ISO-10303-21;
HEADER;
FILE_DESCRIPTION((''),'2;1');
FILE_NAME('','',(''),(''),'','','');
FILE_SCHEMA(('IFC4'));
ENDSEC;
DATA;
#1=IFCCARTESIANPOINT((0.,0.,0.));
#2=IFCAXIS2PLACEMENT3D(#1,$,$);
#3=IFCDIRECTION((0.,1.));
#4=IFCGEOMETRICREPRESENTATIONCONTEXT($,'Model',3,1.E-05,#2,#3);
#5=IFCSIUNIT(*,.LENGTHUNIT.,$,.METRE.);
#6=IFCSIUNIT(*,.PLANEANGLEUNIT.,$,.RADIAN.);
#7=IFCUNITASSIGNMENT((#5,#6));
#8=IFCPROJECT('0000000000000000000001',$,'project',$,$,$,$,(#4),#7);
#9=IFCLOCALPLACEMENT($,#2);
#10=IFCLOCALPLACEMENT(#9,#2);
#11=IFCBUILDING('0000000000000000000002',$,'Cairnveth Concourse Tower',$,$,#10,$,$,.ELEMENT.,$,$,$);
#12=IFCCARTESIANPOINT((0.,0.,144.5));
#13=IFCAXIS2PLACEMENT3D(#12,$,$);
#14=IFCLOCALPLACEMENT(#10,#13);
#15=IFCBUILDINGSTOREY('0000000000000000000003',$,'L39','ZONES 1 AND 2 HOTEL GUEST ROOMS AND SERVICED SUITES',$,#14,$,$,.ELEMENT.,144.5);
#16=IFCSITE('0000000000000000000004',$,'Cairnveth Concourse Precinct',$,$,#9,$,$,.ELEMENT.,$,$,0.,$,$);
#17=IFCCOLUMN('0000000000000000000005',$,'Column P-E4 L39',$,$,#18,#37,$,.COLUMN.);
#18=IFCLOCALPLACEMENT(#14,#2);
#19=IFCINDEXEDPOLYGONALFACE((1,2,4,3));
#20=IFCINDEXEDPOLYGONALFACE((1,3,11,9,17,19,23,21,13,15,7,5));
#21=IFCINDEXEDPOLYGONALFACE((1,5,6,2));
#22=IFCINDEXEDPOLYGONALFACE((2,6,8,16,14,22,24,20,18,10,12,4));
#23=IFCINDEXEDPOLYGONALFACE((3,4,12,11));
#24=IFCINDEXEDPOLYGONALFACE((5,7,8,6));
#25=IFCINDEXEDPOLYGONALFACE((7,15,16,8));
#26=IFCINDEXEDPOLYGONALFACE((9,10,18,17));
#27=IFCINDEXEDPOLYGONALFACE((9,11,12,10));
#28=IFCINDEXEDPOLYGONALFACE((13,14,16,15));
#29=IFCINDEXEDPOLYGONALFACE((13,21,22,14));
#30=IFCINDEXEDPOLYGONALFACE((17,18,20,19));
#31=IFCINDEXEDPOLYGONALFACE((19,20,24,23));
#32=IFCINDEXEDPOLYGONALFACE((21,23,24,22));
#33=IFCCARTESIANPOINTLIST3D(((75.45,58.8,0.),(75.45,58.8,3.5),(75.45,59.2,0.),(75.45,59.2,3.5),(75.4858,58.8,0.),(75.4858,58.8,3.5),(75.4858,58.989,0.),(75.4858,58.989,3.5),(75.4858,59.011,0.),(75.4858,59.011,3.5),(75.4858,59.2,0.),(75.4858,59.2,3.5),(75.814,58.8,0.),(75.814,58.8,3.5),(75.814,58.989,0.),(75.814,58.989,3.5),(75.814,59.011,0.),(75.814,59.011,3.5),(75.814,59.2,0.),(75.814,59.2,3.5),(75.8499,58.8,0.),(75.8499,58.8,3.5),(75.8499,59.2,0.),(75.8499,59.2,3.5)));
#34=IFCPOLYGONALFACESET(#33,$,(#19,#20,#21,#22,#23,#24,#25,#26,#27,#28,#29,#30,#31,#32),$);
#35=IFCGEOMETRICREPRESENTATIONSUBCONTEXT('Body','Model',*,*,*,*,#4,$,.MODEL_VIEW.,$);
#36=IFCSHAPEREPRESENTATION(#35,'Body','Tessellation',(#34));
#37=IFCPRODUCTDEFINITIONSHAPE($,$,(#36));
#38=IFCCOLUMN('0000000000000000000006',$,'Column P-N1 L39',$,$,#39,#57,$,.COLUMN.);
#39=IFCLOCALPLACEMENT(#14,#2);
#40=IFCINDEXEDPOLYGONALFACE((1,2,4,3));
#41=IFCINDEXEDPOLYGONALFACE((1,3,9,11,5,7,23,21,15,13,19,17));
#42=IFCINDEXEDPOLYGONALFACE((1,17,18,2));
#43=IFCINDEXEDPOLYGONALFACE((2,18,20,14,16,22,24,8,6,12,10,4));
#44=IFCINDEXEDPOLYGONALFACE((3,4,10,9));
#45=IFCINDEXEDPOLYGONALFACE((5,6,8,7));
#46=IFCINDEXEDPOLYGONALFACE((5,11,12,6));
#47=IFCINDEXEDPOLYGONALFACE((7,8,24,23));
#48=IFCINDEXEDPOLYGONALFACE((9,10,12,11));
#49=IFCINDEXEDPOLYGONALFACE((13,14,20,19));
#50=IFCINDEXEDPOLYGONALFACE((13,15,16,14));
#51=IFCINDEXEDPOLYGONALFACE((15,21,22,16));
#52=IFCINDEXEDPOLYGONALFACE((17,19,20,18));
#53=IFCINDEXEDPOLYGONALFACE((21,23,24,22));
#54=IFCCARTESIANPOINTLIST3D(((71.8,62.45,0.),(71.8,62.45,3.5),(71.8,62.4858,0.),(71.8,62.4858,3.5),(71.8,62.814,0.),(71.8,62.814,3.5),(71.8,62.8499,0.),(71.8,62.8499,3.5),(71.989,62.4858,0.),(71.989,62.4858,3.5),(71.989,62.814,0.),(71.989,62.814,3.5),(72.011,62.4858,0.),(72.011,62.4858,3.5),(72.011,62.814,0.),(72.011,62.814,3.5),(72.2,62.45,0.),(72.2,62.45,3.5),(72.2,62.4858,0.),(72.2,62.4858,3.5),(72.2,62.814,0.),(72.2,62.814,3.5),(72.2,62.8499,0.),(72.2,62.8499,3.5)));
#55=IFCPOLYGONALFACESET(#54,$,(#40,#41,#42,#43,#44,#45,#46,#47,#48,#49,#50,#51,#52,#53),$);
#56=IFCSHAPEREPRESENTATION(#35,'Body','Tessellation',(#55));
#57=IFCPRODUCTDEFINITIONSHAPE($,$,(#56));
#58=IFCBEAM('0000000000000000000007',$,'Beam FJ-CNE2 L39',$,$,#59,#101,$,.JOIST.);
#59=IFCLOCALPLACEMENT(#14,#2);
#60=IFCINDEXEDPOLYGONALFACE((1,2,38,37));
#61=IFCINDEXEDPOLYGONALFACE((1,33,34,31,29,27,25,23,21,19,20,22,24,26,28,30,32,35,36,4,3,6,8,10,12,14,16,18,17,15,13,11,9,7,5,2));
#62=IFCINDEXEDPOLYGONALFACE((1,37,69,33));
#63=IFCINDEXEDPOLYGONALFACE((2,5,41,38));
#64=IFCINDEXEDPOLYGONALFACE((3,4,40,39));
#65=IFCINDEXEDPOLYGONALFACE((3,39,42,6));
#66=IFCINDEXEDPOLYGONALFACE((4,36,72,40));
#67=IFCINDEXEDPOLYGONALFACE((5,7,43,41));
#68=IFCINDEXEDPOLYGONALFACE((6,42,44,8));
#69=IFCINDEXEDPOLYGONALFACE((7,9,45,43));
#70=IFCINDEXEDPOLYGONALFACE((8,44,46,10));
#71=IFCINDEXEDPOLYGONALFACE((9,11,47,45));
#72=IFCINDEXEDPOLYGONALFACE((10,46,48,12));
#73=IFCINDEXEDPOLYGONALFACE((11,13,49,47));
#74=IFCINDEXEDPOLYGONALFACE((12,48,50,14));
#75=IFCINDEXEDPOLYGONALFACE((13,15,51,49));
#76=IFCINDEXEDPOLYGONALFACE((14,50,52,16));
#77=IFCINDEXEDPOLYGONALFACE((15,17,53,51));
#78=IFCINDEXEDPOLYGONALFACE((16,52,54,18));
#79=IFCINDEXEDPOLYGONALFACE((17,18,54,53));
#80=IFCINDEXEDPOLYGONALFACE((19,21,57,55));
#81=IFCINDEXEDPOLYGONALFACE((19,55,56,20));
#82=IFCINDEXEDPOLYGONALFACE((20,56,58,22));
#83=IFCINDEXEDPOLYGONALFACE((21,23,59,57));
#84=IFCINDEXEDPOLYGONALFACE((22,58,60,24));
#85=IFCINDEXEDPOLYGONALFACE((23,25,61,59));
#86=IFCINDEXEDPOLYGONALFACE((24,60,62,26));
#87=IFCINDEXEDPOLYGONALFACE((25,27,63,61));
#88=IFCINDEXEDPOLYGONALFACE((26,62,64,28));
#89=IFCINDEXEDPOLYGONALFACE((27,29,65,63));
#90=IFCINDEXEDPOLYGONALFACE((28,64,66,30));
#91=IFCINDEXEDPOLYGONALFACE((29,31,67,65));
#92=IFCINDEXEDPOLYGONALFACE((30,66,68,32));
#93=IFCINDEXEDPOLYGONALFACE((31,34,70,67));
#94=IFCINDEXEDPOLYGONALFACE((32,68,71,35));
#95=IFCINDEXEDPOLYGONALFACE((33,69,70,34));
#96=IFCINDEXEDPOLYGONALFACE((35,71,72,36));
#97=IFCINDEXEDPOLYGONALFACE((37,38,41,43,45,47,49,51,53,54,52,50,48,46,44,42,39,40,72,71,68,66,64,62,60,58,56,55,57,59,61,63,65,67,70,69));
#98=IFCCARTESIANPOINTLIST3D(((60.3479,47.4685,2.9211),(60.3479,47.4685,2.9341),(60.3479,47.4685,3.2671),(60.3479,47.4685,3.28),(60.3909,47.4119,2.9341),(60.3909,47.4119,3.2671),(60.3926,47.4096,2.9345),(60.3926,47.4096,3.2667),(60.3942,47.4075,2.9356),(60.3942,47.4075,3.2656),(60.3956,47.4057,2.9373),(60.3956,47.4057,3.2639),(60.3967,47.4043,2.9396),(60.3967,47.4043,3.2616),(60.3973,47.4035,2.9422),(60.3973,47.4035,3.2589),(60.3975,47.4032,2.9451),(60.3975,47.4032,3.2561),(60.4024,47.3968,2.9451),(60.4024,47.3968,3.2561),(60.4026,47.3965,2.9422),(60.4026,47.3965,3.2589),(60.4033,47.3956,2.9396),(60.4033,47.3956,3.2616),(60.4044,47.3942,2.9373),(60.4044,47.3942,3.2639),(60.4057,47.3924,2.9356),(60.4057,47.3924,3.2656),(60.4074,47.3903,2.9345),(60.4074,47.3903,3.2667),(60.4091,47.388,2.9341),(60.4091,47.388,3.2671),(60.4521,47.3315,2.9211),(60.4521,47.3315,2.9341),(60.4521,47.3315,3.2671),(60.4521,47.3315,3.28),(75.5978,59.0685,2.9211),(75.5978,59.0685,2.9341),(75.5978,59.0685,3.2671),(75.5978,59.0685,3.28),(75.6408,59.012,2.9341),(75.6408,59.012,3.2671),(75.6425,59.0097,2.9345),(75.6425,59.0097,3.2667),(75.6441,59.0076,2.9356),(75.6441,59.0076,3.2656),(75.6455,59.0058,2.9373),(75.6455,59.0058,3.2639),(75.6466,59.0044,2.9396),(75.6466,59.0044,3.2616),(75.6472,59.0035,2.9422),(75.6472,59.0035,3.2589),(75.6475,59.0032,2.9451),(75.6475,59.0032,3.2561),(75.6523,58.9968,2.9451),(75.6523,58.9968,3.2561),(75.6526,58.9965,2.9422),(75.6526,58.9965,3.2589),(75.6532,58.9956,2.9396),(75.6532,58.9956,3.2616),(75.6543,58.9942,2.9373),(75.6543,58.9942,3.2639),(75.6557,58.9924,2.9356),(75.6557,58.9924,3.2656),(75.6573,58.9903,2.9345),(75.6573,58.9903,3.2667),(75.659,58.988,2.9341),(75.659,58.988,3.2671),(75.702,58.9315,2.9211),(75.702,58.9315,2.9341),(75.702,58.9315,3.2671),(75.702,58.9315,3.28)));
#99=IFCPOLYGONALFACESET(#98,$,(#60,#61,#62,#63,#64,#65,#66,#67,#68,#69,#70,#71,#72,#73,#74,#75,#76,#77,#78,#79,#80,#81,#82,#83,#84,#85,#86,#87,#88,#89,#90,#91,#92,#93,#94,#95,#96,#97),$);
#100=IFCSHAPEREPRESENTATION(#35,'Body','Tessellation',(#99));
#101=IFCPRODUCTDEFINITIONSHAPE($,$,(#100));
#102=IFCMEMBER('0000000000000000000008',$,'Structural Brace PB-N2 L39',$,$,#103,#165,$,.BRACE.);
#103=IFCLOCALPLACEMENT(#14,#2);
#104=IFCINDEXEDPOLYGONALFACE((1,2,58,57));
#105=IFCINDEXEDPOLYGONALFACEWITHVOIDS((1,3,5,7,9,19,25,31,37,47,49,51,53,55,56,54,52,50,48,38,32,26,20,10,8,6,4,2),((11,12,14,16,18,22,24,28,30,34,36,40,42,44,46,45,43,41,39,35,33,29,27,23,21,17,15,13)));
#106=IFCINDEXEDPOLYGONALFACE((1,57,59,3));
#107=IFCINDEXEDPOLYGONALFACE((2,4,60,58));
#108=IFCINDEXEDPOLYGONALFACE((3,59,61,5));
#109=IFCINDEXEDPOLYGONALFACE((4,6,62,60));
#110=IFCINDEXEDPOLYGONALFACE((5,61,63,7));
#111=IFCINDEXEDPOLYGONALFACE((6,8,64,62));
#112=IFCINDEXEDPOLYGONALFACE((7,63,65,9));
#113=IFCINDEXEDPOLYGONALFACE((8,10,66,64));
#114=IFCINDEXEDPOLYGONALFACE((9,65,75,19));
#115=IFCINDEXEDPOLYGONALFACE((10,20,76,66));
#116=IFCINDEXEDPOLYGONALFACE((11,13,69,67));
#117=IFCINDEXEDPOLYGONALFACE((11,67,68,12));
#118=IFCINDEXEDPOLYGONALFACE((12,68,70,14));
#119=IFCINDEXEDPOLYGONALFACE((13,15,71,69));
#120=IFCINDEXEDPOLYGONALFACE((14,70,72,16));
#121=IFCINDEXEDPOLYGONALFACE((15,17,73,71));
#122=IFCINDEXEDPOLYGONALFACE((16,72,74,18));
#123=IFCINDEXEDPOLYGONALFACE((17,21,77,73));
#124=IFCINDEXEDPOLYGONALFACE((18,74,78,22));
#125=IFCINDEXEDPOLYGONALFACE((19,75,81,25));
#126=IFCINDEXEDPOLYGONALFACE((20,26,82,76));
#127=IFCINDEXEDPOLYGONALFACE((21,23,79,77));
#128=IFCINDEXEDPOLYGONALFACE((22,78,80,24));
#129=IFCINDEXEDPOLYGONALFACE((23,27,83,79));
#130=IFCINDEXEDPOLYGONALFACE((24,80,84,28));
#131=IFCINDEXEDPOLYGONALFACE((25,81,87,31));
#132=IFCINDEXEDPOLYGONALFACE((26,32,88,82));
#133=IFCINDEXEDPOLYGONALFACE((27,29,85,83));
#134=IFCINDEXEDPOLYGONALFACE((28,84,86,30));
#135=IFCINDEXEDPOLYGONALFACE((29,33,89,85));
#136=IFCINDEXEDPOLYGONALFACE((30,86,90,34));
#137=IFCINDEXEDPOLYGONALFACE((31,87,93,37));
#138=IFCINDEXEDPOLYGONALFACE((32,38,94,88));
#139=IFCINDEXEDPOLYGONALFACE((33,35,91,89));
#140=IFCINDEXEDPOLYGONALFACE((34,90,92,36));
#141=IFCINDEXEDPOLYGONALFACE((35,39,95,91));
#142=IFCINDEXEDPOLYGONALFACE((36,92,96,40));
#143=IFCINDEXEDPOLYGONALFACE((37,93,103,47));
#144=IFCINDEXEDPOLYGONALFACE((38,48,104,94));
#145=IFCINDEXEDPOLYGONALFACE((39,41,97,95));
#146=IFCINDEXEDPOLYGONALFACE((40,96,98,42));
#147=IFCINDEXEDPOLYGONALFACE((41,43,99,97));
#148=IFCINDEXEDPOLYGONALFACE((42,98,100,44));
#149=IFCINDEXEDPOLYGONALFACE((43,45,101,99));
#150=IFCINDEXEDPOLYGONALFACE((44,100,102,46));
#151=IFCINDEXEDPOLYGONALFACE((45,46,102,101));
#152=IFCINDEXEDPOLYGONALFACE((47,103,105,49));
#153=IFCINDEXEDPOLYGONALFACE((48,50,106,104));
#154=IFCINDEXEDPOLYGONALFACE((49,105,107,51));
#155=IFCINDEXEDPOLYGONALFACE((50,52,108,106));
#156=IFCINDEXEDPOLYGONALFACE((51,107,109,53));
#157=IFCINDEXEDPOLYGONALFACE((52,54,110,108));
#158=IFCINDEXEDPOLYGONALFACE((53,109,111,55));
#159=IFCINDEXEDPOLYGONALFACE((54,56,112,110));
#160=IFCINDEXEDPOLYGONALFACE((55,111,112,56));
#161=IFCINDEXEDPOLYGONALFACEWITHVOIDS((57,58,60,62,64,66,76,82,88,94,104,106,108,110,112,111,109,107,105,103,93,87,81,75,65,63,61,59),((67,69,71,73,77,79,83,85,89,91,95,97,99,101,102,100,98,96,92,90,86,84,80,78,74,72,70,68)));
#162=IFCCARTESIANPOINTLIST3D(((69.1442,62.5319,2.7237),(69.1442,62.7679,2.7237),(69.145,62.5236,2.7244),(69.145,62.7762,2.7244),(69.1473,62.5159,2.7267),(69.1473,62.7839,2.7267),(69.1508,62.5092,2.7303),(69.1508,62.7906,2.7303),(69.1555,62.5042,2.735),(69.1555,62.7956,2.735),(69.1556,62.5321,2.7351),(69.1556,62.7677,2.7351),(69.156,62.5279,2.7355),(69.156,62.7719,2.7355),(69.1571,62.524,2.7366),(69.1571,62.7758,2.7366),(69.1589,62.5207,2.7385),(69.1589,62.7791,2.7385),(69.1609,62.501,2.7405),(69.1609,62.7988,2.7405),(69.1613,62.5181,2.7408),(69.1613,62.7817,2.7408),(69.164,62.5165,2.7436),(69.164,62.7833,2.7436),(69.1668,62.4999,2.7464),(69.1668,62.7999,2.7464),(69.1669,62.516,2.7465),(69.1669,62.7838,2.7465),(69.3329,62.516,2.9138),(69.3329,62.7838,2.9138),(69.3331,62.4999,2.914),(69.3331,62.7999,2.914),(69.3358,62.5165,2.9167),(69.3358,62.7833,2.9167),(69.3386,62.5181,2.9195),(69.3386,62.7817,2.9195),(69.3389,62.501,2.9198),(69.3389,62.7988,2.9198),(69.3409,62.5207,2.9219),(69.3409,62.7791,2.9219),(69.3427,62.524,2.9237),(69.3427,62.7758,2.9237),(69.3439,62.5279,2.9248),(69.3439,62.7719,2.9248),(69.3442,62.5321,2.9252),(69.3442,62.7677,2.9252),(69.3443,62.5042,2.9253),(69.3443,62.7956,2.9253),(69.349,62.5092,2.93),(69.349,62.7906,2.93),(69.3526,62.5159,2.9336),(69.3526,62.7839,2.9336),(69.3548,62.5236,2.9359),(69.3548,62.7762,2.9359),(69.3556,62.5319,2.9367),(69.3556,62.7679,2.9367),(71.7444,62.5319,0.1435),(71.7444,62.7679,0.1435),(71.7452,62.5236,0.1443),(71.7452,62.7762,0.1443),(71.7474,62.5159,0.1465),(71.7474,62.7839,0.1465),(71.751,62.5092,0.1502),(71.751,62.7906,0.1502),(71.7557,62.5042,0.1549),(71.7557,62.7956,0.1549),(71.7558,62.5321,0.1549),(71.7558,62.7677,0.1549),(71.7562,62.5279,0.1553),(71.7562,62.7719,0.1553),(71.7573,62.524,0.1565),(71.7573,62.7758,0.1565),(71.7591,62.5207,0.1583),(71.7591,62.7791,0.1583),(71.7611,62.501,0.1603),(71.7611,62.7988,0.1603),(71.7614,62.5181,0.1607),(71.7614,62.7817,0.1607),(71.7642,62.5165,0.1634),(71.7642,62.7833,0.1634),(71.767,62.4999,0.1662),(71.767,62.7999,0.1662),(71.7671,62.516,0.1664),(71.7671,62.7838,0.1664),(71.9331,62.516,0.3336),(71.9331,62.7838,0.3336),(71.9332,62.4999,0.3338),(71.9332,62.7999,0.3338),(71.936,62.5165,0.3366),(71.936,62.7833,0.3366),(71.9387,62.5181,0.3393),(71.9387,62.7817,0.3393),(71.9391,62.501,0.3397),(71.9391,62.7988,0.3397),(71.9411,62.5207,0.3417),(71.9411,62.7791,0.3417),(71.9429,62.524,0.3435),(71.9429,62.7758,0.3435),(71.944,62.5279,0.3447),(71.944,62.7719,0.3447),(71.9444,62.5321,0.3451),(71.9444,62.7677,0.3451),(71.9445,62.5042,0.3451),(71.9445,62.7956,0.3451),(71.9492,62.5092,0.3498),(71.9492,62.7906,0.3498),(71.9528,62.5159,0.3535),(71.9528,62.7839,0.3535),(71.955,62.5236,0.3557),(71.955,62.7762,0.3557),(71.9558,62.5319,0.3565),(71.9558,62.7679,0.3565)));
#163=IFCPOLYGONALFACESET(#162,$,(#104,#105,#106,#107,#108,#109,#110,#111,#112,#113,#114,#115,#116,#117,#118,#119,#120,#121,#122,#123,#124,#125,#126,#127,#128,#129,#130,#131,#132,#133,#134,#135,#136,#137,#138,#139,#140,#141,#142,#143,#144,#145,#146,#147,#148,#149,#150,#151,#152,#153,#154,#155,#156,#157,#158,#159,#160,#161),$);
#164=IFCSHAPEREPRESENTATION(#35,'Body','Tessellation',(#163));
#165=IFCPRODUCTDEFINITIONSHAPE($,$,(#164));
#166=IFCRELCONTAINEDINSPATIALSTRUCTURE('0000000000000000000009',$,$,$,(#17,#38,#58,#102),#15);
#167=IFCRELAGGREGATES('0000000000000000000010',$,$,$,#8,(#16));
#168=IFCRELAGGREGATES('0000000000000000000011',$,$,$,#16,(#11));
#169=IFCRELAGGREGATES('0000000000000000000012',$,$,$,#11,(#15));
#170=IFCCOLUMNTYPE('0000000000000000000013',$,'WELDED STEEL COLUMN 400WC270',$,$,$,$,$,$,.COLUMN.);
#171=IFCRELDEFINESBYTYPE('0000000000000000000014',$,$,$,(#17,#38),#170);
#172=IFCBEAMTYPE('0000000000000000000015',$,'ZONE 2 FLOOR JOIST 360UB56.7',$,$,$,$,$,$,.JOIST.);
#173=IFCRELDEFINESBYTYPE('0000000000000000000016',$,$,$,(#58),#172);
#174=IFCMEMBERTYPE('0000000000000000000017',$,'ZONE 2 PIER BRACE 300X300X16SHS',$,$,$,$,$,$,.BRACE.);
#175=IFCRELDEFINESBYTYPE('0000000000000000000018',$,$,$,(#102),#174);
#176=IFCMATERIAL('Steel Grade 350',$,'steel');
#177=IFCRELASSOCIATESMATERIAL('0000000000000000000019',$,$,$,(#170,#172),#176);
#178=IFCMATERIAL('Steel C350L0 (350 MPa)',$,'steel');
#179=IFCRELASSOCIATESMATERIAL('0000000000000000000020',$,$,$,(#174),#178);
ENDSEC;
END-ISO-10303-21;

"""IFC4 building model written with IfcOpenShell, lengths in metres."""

from ifc_helpers import new_model, si_unit, direction, frame, origin, origin_2d, place, context, subcontext, project, spatial, hollow_rectangle, i_section, extrude, material, material_profile, profile_set, type_object, element, save


model = new_model("IFC4")

# Units and contexts
model_context = context("Model", 3, precision=1e-05, world=origin(), true_north=direction((0.0, 1.0)))
body_context = subcontext(model_context, "Body", "Model", "MODEL_VIEW")
ifc_project = project(units=[si_unit("LENGTHUNIT", "METRE"), si_unit("PLANEANGLEUNIT", "RADIAN")], contexts=[model_context])

# Site, building, storey
site_placement = place(None, origin())
site = spatial("IfcSite", under=ifc_project, at=site_placement, Name="Cairnveth Concourse Precinct", CompositionType="ELEMENT", RefElevation=0.0)
building_placement = place(site_placement, origin())
building = spatial("IfcBuilding", under=site, at=building_placement, Name="Cairnveth Concourse Tower", CompositionType="ELEMENT")
storey_placement = place(building_placement, frame((0.0, 0.0, 144.5)))
storey = spatial("IfcBuildingStorey", under=building, at=storey_placement, Name="L39", Description="ZONES 1 AND 2 HOTEL GUEST ROOMS AND SERVICED SUITES", CompositionType="ELEMENT", Elevation=144.5)

# Columns
ifc_material_1 = material(Name="Steel Grade 350", Category="steel")
ifc_material_profile_1 = material_profile(ifc_material_1, i_section(OverallWidth=0.3999, OverallDepth=0.3999, WebThickness=0.022, FlangeThickness=0.0359, at=origin_2d()), Name="400WC270")
ifc_profile_set_1 = profile_set([ifc_material_profile_1], Name="Steel Grade 350")
column_type = type_object("IfcColumnType", Name="WELDED STEEL COLUMN 400WC270", PredefinedType="COLUMN", material=ifc_profile_set_1)
for number, where, z_axis, x_axis, name in (
    (1, (75.6499, 59.0, 0.0), (0.0, 0.0, 1.0), (0.0, 1.0, 0.0), "Column P-E4 L39"),
    (2, (72.0, 62.6499, 0.0), (0.0, 0.0, 1.0), (1.0, 0.0, 0.0), "Column P-N1 L39"),
):
    element("IfcColumn", number, at=place(storey_placement, frame(where, z_axis=z_axis, x_axis=x_axis)), inside=storey, type_object=column_type, Name=name, PredefinedType="COLUMN", context=body_context, shape_type="SweptSolid", body=[
        extrude(i_section(OverallWidth=0.3999, OverallDepth=0.3999, WebThickness=0.022, FlangeThickness=0.0359, at=origin_2d()), origin(), (0.0, 0.0, 1.0), 3.5),
    ])

# Beam
ifc_material_profile_2 = material_profile(ifc_material_1, i_section(OverallWidth=0.1721, OverallDepth=0.3589, WebThickness=0.0081, FlangeThickness=0.0129, FilletRadius=0.011, at=origin_2d()), Name="360UB56.7")
ifc_profile_set_2 = profile_set([ifc_material_profile_2], Name="Steel Grade 350")
beam_type_1 = type_object("IfcBeamType", Name="ZONE 2 FLOOR JOIST 360UB56.7", PredefinedType="JOIST", material=ifc_profile_set_2)
beam_1_placement = place(storey_placement, frame((75.6499, 59.0, 3.1006), z_axis=(-0.795908, -0.605417, 0.0), x_axis=(0.605417, -0.795908, 0.0)))
element("IfcBeam", 3, at=beam_1_placement, inside=storey, type_object=beam_type_1, Name="Beam FJ-CNE2 L39", PredefinedType="JOIST", context=body_context, shape_type="SweptSolid", body=[
    extrude(i_section(OverallWidth=0.1721, OverallDepth=0.3589, WebThickness=0.0081, FlangeThickness=0.0129, FilletRadius=0.011, at=origin_2d()), origin(), (0.0, 0.0, 1.0), 19.1604),
])

# Member
ifc_material_2 = material(Name="Steel C350L0 (350 MPa)", Category="steel")
ifc_material_profile_3 = material_profile(ifc_material_2, hollow_rectangle(XDim=0.3, YDim=0.3, WallThickness=0.0161, InnerFilletRadius=0.0161, OuterFilletRadius=0.032, at=origin_2d()), Name="300x300x16.0SHS")
ifc_profile_set_3 = profile_set([ifc_material_profile_3], Name="Steel C350L0 (350 MPa)")
member_type = type_object("IfcMemberType", Name="ZONE 2 PIER BRACE 300X300X16SHS", PredefinedType="BRACE", material=ifc_profile_set_3)
for number, where, z_axis, x_axis, name in (
    (4, (71.8501, 62.6499, 0.25), (-0.709834, 0.0, 0.704369), (0.0, -1.0, 0.0), "Structural Brace PB-N2 L39"),
):
    element("IfcMember", number, at=place(storey_placement, frame(where, z_axis=z_axis, x_axis=x_axis)), inside=storey, type_object=member_type, Name=name, PredefinedType="BRACE", context=body_context, shape_type="SweptSolid", body=[
        extrude(hollow_rectangle(XDim=0.3, YDim=0.3, WallThickness=0.0161, InnerFilletRadius=0.0161, OuterFilletRadius=0.032, at=origin_2d()), origin(), (0.0, 0.0, 1.0), 3.6631),
    ])

save(model, "model.ifc")
